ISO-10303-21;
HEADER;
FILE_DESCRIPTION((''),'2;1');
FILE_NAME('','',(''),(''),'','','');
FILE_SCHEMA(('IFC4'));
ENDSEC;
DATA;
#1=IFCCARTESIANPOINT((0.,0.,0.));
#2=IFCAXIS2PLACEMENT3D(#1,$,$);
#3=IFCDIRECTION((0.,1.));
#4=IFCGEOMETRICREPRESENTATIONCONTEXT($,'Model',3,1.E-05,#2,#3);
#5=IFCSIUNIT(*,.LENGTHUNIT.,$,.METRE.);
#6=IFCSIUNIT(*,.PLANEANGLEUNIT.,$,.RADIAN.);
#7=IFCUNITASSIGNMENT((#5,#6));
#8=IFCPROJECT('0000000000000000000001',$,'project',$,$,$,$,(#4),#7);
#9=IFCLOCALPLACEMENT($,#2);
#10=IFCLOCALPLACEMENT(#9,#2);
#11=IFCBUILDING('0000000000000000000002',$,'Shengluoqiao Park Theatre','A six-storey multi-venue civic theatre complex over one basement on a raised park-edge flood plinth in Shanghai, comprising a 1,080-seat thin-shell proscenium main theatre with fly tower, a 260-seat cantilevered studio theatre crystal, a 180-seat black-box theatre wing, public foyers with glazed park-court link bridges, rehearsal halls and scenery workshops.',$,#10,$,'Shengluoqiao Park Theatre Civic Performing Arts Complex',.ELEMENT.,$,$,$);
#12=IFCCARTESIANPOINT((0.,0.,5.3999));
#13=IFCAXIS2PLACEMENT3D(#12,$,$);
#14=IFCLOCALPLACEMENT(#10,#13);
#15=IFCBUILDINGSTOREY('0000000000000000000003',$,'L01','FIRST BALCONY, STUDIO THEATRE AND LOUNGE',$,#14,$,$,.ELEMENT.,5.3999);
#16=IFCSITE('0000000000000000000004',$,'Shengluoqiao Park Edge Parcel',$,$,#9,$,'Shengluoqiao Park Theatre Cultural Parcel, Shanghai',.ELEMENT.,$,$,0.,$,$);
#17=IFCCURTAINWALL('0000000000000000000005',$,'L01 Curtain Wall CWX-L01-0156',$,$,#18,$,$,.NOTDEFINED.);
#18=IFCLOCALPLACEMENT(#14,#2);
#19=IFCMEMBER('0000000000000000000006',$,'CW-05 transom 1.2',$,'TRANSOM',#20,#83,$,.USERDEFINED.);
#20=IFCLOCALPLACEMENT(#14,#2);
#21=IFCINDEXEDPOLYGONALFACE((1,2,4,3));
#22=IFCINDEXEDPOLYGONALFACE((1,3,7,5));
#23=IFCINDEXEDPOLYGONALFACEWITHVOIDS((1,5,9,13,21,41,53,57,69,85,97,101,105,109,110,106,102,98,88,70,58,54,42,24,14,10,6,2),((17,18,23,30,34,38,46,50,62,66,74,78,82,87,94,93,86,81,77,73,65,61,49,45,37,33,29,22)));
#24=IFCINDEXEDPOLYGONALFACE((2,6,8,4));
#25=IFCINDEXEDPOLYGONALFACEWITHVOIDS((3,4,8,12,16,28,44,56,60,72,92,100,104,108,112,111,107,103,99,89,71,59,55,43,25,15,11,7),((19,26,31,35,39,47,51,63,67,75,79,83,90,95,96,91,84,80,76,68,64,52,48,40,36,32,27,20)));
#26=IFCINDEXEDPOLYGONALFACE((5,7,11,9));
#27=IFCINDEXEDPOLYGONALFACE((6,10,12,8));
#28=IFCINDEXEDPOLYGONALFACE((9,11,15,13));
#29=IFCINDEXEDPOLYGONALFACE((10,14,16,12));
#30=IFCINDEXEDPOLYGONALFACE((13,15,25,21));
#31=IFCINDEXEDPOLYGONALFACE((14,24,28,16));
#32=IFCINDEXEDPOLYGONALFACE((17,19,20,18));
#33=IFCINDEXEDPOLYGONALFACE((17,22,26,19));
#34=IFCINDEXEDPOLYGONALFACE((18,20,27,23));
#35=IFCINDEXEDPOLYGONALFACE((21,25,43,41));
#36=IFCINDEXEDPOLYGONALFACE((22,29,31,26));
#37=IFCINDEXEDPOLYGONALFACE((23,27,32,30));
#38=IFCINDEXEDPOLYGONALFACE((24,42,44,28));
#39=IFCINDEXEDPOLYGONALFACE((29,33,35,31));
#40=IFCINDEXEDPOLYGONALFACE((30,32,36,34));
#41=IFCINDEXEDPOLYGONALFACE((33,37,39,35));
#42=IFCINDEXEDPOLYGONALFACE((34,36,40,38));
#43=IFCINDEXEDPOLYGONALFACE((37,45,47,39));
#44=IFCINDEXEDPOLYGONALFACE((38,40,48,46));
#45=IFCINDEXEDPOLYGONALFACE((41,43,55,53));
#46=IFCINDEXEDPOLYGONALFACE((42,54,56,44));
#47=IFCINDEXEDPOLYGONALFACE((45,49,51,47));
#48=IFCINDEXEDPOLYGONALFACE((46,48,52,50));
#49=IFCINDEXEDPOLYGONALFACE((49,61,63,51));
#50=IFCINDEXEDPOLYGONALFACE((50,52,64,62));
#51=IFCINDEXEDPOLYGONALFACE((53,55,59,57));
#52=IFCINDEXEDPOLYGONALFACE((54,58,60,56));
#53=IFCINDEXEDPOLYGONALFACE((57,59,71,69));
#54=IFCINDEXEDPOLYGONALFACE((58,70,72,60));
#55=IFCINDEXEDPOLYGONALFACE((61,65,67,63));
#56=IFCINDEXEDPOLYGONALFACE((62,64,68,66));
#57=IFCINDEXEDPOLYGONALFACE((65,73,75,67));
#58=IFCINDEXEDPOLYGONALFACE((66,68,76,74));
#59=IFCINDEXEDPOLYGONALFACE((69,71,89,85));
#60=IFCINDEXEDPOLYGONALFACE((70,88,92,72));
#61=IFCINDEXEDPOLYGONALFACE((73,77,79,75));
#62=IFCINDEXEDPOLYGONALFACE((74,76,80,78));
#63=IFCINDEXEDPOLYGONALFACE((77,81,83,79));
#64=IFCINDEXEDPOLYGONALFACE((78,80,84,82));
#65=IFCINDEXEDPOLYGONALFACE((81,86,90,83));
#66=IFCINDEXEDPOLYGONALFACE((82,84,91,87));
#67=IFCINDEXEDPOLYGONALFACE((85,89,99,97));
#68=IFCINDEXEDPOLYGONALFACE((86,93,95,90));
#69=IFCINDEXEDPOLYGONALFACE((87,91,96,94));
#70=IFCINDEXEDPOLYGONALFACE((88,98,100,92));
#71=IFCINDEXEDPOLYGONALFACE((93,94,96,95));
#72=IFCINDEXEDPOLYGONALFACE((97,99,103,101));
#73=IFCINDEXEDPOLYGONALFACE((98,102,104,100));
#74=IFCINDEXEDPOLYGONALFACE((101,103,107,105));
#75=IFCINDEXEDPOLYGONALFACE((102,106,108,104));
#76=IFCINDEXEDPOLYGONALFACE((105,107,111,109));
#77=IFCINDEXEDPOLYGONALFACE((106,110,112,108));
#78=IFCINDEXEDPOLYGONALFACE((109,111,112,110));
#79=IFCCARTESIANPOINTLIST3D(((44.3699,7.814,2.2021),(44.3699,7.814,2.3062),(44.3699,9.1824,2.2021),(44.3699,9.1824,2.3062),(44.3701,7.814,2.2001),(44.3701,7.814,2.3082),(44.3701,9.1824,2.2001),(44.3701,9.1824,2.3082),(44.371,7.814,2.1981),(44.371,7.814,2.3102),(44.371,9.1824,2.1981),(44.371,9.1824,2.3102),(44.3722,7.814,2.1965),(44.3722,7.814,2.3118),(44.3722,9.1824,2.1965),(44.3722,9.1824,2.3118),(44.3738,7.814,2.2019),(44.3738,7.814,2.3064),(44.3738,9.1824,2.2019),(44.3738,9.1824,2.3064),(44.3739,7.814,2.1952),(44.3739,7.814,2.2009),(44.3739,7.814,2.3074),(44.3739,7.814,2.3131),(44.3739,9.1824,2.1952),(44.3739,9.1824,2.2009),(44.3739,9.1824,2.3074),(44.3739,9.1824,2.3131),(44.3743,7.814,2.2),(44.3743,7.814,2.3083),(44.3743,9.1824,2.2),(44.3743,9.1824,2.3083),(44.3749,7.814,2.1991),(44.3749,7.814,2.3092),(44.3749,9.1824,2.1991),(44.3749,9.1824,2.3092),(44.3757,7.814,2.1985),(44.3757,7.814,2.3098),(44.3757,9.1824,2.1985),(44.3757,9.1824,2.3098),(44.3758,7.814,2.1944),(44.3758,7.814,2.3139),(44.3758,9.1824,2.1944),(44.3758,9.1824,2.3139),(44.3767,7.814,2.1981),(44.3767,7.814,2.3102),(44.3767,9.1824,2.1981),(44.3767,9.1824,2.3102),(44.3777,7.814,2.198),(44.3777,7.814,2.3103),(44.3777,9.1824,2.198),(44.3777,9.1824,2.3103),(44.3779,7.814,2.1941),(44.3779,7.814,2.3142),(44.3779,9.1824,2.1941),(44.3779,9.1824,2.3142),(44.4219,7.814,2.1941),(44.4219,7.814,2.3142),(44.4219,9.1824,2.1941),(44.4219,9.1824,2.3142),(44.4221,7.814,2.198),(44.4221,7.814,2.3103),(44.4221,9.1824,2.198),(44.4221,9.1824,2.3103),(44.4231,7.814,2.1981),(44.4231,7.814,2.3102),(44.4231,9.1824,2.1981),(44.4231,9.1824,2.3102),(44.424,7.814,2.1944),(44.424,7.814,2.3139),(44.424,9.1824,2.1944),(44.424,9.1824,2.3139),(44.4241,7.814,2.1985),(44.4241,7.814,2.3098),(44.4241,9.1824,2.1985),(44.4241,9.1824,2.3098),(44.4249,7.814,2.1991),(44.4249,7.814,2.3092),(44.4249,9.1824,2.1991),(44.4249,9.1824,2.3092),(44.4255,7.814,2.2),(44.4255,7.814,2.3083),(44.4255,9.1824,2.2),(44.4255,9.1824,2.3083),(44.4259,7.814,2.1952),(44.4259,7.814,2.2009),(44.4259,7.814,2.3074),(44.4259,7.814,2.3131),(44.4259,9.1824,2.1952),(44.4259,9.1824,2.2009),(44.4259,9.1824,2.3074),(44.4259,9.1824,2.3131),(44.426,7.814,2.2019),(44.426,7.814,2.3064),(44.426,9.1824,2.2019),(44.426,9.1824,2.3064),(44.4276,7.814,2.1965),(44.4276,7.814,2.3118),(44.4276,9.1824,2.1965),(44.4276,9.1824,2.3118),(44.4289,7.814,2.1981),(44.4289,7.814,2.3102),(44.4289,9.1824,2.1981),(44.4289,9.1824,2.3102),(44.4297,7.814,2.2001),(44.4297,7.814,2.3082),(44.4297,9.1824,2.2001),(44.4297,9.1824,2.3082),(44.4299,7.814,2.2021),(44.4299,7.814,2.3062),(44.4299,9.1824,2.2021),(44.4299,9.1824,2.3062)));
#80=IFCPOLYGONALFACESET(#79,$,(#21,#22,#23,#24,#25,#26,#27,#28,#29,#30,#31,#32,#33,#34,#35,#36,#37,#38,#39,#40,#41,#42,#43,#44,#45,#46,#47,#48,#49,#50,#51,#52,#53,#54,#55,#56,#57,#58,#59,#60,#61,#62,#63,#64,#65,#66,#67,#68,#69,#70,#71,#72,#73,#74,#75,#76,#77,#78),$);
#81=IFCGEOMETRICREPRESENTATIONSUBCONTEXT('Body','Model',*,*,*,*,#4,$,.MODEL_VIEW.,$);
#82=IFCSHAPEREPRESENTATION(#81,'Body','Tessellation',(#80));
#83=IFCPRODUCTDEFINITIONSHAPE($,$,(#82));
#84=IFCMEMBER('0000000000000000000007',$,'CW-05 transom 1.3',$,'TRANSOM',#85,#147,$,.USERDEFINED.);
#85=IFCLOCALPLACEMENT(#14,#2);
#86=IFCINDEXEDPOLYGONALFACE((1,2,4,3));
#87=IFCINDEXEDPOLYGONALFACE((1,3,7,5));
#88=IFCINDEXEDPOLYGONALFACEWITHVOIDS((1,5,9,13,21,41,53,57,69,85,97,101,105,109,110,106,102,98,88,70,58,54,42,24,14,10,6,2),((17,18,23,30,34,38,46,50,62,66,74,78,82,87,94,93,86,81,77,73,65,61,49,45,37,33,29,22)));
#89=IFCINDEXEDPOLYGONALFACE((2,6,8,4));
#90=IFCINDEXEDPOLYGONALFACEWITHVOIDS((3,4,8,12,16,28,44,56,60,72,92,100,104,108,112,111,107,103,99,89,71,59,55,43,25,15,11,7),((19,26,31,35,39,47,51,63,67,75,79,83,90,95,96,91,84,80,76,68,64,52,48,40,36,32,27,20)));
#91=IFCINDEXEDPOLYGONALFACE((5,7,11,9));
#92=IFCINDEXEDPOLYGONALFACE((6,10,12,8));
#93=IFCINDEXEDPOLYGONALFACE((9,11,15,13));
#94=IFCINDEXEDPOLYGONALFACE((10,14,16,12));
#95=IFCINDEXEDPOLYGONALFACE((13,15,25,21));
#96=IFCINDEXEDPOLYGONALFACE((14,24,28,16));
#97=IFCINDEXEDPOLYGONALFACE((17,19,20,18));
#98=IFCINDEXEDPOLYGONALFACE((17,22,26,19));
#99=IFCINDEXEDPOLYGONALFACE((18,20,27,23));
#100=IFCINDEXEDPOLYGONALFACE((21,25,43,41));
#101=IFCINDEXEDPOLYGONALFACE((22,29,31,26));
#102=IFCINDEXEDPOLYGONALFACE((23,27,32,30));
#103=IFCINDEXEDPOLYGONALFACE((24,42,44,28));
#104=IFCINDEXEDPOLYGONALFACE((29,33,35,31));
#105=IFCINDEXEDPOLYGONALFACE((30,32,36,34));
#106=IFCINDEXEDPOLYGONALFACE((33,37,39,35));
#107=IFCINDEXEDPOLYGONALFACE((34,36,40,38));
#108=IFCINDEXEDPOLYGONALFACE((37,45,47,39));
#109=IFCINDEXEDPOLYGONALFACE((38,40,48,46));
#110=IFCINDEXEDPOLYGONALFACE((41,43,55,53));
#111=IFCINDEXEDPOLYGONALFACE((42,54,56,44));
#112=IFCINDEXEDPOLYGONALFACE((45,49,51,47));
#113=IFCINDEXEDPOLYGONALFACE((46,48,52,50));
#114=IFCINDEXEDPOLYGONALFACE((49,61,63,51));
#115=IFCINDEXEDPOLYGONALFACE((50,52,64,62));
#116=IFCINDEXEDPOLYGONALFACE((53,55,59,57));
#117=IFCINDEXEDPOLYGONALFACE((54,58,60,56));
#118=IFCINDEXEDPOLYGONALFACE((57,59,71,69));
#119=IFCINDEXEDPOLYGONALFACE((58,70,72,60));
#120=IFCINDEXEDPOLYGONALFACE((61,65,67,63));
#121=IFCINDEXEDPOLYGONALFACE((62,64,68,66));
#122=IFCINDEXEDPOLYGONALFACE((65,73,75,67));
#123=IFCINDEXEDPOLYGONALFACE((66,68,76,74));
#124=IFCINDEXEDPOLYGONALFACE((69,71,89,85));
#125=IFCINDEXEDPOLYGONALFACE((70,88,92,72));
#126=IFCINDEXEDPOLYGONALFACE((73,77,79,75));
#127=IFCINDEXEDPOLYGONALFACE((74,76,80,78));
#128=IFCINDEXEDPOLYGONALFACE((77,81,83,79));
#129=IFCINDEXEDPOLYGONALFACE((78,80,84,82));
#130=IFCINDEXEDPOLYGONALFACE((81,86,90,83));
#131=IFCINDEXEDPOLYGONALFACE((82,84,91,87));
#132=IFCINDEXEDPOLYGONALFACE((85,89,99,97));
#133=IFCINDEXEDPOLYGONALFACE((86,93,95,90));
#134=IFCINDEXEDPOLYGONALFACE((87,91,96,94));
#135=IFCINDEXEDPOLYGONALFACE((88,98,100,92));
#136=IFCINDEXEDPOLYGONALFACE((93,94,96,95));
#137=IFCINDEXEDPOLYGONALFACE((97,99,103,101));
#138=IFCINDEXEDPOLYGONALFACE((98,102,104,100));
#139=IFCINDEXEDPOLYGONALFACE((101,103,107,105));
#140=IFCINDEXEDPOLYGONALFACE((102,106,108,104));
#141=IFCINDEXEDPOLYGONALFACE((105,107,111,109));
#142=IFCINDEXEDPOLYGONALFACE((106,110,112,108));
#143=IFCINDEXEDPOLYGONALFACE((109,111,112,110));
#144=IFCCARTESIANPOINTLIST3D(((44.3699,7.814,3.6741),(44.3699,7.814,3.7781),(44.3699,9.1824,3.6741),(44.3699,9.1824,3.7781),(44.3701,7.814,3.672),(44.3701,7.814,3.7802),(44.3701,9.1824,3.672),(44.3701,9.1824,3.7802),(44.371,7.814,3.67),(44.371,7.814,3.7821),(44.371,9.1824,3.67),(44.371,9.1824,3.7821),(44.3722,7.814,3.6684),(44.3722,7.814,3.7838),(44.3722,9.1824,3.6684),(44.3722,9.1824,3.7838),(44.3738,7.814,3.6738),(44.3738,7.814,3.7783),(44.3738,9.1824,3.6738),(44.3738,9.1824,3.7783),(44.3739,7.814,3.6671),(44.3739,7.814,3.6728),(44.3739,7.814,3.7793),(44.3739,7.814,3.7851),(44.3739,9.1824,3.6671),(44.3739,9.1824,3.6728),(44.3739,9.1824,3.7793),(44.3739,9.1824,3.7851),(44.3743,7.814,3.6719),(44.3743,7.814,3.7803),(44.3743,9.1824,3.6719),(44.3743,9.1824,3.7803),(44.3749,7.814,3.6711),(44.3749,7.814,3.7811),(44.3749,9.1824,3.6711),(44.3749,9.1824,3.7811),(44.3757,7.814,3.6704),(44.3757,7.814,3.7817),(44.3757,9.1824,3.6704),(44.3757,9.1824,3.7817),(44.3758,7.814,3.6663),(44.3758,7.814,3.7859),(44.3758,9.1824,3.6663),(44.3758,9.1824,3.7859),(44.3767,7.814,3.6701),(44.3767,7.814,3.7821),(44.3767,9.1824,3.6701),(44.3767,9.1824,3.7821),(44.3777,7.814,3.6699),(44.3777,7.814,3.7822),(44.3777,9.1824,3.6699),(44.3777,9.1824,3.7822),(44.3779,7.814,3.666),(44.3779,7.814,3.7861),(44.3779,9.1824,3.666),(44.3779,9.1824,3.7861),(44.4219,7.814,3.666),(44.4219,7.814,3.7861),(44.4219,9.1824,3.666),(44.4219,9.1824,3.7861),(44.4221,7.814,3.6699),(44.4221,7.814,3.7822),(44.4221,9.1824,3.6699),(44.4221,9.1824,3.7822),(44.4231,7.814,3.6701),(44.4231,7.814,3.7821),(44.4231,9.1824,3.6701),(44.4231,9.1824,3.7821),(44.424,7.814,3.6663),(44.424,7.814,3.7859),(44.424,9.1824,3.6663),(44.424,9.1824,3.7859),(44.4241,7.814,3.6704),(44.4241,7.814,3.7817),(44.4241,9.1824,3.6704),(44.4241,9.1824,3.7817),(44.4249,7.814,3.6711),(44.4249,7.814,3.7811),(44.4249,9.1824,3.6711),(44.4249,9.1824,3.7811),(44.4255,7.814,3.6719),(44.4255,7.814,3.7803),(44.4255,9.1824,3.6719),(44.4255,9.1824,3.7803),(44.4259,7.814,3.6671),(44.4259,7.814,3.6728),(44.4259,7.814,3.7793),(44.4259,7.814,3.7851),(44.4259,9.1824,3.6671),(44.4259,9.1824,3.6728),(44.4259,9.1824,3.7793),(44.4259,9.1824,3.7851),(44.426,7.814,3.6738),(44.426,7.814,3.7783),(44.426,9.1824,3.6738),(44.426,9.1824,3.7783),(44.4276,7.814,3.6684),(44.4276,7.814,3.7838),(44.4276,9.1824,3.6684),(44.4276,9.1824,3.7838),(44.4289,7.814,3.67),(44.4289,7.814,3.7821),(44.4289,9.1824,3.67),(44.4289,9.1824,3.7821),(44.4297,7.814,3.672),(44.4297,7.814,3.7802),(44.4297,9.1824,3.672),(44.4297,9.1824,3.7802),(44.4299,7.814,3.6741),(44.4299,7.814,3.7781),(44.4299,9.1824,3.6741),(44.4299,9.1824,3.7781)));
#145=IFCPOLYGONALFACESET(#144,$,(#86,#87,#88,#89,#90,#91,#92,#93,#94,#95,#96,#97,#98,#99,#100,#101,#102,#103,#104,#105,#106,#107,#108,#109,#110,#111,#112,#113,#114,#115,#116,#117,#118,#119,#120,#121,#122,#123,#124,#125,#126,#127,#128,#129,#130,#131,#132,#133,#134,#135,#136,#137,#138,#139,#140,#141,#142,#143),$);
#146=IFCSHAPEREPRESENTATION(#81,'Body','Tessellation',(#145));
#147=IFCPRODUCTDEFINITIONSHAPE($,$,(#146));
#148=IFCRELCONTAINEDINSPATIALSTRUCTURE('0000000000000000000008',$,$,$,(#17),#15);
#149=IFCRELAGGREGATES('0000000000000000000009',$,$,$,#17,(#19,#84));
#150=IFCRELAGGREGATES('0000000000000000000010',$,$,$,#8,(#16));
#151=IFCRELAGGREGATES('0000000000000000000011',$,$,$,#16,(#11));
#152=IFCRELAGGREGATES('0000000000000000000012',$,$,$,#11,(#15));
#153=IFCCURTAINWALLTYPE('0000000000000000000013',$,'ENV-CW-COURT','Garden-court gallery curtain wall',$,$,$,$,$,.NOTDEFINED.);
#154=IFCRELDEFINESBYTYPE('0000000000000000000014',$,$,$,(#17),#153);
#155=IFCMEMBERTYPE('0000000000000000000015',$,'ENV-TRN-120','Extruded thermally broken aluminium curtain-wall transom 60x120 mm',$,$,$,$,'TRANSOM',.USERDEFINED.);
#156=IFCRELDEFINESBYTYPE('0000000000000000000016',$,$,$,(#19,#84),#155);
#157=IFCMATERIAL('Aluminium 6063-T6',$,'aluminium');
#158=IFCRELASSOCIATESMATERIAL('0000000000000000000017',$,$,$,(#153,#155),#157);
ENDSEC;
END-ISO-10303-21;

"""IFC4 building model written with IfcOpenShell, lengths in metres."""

from ifc_helpers import new_model, si_unit, direction, frame, origin, origin_2d, place, context, subcontext, project, spatial, hollow_rectangle, extrude, material, material_profile, profile_set, type_object, element, aggregate, save


model = new_model("IFC4")

# Units and contexts
model_context = context("Model", 3, precision=1e-05, world=origin(), true_north=direction((0.0, 1.0)))
body_context = subcontext(model_context, "Body", "Model", "MODEL_VIEW")
ifc_project = project(units=[si_unit("LENGTHUNIT", "METRE"), si_unit("PLANEANGLEUNIT", "RADIAN")], contexts=[model_context])

# Site, building, storey
site_placement = place(None, origin())
site = spatial("IfcSite", under=ifc_project, at=site_placement, Name="Shengluoqiao Park Edge Parcel", LongName="Shengluoqiao Park Theatre Cultural Parcel, Shanghai", CompositionType="ELEMENT", RefElevation=0.0)
building_placement = place(site_placement, origin())
building = spatial("IfcBuilding", under=site, at=building_placement, Name="Shengluoqiao Park Theatre", Description="A six-storey multi-venue civic theatre complex over one basement on a raised park-edge flood plinth in Shanghai, comprising a 1,080-seat thin-shell proscenium main theatre with fly tower, a 260-seat cantilevered studio theatre crystal, a 180-seat black-box theatre wing, public foyers with glazed park-court link bridges, rehearsal halls and scenery workshops.", LongName="Shengluoqiao Park Theatre Civic Performing Arts Complex", CompositionType="ELEMENT")
storey_placement = place(building_placement, frame((0.0, 0.0, 5.3999)))
storey = spatial("IfcBuildingStorey", under=building, at=storey_placement, Name="L01", Description="FIRST BALCONY, STUDIO THEATRE AND LOUNGE", CompositionType="ELEMENT", Elevation=5.3999)

# Curtain wall, members
ifc_material_1 = material(Name="Aluminium 6063-T6", Category="aluminium")
curtain_wall_type = type_object("IfcCurtainWallType", Name="ENV-CW-COURT", Description="Garden-court gallery curtain wall", PredefinedType="NOTDEFINED", material=ifc_material_1)
curtain_wall_placement = place(storey_placement, origin())
curtain_wall = element("IfcCurtainWall", 1, at=curtain_wall_placement, inside=storey, type_object=curtain_wall_type, Name="L01 Curtain Wall CWX-L01-0156", PredefinedType="NOTDEFINED")
ifc_material_profile_1 = material_profile(ifc_material_1, hollow_rectangle(XDim=0.0601, YDim=0.1201, WallThickness=0.0039, InnerFilletRadius=0.0039, OuterFilletRadius=0.0081, at=origin_2d()), Name="ALU TRANSOM 120x60x4")
ifc_profile_set_1 = profile_set([ifc_material_profile_1], Name="Aluminium 6063-T6")
member_type_1 = type_object("IfcMemberType", Name="ENV-TRN-120", Description="Extruded thermally broken aluminium curtain-wall transom 60x120 mm", ElementType="TRANSOM", PredefinedType="USERDEFINED", material=ifc_profile_set_1)
member_1_placement = place(storey_placement, frame((44.3999, 7.814, 2.2542), z_axis=(0.0, 1.0, 0.0), x_axis=(-1.0, 0.0, 0.0)))
member_1 = element("IfcMember", 2, at=member_1_placement, type_object=member_type_1, Name="CW-05 transom 1.2", ObjectType="TRANSOM", PredefinedType="USERDEFINED", context=body_context, shape_type="SweptSolid", body=[
    extrude(hollow_rectangle(XDim=0.0601, YDim=0.1201, WallThickness=0.0039, InnerFilletRadius=0.0039, OuterFilletRadius=0.0081, at=origin_2d()), origin(), (0.0, 0.0, 1.0), 1.3684),
])
member_2_placement = place(storey_placement, frame((44.3999, 7.814, 3.7261), z_axis=(0.0, 1.0, 0.0), x_axis=(-1.0, 0.0, 0.0)))
member_2 = element("IfcMember", 3, at=member_2_placement, type_object=member_type_1, Name="CW-05 transom 1.3", ObjectType="TRANSOM", PredefinedType="USERDEFINED", context=body_context, shape_type="SweptSolid", body=[
    extrude(hollow_rectangle(XDim=0.0601, YDim=0.1201, WallThickness=0.0039, InnerFilletRadius=0.0039, OuterFilletRadius=0.0081, at=origin_2d()), origin(), (0.0, 0.0, 1.0), 1.3684),
])

aggregate(curtain_wall, [member_1, member_2])

save(model, "model.ifc")
